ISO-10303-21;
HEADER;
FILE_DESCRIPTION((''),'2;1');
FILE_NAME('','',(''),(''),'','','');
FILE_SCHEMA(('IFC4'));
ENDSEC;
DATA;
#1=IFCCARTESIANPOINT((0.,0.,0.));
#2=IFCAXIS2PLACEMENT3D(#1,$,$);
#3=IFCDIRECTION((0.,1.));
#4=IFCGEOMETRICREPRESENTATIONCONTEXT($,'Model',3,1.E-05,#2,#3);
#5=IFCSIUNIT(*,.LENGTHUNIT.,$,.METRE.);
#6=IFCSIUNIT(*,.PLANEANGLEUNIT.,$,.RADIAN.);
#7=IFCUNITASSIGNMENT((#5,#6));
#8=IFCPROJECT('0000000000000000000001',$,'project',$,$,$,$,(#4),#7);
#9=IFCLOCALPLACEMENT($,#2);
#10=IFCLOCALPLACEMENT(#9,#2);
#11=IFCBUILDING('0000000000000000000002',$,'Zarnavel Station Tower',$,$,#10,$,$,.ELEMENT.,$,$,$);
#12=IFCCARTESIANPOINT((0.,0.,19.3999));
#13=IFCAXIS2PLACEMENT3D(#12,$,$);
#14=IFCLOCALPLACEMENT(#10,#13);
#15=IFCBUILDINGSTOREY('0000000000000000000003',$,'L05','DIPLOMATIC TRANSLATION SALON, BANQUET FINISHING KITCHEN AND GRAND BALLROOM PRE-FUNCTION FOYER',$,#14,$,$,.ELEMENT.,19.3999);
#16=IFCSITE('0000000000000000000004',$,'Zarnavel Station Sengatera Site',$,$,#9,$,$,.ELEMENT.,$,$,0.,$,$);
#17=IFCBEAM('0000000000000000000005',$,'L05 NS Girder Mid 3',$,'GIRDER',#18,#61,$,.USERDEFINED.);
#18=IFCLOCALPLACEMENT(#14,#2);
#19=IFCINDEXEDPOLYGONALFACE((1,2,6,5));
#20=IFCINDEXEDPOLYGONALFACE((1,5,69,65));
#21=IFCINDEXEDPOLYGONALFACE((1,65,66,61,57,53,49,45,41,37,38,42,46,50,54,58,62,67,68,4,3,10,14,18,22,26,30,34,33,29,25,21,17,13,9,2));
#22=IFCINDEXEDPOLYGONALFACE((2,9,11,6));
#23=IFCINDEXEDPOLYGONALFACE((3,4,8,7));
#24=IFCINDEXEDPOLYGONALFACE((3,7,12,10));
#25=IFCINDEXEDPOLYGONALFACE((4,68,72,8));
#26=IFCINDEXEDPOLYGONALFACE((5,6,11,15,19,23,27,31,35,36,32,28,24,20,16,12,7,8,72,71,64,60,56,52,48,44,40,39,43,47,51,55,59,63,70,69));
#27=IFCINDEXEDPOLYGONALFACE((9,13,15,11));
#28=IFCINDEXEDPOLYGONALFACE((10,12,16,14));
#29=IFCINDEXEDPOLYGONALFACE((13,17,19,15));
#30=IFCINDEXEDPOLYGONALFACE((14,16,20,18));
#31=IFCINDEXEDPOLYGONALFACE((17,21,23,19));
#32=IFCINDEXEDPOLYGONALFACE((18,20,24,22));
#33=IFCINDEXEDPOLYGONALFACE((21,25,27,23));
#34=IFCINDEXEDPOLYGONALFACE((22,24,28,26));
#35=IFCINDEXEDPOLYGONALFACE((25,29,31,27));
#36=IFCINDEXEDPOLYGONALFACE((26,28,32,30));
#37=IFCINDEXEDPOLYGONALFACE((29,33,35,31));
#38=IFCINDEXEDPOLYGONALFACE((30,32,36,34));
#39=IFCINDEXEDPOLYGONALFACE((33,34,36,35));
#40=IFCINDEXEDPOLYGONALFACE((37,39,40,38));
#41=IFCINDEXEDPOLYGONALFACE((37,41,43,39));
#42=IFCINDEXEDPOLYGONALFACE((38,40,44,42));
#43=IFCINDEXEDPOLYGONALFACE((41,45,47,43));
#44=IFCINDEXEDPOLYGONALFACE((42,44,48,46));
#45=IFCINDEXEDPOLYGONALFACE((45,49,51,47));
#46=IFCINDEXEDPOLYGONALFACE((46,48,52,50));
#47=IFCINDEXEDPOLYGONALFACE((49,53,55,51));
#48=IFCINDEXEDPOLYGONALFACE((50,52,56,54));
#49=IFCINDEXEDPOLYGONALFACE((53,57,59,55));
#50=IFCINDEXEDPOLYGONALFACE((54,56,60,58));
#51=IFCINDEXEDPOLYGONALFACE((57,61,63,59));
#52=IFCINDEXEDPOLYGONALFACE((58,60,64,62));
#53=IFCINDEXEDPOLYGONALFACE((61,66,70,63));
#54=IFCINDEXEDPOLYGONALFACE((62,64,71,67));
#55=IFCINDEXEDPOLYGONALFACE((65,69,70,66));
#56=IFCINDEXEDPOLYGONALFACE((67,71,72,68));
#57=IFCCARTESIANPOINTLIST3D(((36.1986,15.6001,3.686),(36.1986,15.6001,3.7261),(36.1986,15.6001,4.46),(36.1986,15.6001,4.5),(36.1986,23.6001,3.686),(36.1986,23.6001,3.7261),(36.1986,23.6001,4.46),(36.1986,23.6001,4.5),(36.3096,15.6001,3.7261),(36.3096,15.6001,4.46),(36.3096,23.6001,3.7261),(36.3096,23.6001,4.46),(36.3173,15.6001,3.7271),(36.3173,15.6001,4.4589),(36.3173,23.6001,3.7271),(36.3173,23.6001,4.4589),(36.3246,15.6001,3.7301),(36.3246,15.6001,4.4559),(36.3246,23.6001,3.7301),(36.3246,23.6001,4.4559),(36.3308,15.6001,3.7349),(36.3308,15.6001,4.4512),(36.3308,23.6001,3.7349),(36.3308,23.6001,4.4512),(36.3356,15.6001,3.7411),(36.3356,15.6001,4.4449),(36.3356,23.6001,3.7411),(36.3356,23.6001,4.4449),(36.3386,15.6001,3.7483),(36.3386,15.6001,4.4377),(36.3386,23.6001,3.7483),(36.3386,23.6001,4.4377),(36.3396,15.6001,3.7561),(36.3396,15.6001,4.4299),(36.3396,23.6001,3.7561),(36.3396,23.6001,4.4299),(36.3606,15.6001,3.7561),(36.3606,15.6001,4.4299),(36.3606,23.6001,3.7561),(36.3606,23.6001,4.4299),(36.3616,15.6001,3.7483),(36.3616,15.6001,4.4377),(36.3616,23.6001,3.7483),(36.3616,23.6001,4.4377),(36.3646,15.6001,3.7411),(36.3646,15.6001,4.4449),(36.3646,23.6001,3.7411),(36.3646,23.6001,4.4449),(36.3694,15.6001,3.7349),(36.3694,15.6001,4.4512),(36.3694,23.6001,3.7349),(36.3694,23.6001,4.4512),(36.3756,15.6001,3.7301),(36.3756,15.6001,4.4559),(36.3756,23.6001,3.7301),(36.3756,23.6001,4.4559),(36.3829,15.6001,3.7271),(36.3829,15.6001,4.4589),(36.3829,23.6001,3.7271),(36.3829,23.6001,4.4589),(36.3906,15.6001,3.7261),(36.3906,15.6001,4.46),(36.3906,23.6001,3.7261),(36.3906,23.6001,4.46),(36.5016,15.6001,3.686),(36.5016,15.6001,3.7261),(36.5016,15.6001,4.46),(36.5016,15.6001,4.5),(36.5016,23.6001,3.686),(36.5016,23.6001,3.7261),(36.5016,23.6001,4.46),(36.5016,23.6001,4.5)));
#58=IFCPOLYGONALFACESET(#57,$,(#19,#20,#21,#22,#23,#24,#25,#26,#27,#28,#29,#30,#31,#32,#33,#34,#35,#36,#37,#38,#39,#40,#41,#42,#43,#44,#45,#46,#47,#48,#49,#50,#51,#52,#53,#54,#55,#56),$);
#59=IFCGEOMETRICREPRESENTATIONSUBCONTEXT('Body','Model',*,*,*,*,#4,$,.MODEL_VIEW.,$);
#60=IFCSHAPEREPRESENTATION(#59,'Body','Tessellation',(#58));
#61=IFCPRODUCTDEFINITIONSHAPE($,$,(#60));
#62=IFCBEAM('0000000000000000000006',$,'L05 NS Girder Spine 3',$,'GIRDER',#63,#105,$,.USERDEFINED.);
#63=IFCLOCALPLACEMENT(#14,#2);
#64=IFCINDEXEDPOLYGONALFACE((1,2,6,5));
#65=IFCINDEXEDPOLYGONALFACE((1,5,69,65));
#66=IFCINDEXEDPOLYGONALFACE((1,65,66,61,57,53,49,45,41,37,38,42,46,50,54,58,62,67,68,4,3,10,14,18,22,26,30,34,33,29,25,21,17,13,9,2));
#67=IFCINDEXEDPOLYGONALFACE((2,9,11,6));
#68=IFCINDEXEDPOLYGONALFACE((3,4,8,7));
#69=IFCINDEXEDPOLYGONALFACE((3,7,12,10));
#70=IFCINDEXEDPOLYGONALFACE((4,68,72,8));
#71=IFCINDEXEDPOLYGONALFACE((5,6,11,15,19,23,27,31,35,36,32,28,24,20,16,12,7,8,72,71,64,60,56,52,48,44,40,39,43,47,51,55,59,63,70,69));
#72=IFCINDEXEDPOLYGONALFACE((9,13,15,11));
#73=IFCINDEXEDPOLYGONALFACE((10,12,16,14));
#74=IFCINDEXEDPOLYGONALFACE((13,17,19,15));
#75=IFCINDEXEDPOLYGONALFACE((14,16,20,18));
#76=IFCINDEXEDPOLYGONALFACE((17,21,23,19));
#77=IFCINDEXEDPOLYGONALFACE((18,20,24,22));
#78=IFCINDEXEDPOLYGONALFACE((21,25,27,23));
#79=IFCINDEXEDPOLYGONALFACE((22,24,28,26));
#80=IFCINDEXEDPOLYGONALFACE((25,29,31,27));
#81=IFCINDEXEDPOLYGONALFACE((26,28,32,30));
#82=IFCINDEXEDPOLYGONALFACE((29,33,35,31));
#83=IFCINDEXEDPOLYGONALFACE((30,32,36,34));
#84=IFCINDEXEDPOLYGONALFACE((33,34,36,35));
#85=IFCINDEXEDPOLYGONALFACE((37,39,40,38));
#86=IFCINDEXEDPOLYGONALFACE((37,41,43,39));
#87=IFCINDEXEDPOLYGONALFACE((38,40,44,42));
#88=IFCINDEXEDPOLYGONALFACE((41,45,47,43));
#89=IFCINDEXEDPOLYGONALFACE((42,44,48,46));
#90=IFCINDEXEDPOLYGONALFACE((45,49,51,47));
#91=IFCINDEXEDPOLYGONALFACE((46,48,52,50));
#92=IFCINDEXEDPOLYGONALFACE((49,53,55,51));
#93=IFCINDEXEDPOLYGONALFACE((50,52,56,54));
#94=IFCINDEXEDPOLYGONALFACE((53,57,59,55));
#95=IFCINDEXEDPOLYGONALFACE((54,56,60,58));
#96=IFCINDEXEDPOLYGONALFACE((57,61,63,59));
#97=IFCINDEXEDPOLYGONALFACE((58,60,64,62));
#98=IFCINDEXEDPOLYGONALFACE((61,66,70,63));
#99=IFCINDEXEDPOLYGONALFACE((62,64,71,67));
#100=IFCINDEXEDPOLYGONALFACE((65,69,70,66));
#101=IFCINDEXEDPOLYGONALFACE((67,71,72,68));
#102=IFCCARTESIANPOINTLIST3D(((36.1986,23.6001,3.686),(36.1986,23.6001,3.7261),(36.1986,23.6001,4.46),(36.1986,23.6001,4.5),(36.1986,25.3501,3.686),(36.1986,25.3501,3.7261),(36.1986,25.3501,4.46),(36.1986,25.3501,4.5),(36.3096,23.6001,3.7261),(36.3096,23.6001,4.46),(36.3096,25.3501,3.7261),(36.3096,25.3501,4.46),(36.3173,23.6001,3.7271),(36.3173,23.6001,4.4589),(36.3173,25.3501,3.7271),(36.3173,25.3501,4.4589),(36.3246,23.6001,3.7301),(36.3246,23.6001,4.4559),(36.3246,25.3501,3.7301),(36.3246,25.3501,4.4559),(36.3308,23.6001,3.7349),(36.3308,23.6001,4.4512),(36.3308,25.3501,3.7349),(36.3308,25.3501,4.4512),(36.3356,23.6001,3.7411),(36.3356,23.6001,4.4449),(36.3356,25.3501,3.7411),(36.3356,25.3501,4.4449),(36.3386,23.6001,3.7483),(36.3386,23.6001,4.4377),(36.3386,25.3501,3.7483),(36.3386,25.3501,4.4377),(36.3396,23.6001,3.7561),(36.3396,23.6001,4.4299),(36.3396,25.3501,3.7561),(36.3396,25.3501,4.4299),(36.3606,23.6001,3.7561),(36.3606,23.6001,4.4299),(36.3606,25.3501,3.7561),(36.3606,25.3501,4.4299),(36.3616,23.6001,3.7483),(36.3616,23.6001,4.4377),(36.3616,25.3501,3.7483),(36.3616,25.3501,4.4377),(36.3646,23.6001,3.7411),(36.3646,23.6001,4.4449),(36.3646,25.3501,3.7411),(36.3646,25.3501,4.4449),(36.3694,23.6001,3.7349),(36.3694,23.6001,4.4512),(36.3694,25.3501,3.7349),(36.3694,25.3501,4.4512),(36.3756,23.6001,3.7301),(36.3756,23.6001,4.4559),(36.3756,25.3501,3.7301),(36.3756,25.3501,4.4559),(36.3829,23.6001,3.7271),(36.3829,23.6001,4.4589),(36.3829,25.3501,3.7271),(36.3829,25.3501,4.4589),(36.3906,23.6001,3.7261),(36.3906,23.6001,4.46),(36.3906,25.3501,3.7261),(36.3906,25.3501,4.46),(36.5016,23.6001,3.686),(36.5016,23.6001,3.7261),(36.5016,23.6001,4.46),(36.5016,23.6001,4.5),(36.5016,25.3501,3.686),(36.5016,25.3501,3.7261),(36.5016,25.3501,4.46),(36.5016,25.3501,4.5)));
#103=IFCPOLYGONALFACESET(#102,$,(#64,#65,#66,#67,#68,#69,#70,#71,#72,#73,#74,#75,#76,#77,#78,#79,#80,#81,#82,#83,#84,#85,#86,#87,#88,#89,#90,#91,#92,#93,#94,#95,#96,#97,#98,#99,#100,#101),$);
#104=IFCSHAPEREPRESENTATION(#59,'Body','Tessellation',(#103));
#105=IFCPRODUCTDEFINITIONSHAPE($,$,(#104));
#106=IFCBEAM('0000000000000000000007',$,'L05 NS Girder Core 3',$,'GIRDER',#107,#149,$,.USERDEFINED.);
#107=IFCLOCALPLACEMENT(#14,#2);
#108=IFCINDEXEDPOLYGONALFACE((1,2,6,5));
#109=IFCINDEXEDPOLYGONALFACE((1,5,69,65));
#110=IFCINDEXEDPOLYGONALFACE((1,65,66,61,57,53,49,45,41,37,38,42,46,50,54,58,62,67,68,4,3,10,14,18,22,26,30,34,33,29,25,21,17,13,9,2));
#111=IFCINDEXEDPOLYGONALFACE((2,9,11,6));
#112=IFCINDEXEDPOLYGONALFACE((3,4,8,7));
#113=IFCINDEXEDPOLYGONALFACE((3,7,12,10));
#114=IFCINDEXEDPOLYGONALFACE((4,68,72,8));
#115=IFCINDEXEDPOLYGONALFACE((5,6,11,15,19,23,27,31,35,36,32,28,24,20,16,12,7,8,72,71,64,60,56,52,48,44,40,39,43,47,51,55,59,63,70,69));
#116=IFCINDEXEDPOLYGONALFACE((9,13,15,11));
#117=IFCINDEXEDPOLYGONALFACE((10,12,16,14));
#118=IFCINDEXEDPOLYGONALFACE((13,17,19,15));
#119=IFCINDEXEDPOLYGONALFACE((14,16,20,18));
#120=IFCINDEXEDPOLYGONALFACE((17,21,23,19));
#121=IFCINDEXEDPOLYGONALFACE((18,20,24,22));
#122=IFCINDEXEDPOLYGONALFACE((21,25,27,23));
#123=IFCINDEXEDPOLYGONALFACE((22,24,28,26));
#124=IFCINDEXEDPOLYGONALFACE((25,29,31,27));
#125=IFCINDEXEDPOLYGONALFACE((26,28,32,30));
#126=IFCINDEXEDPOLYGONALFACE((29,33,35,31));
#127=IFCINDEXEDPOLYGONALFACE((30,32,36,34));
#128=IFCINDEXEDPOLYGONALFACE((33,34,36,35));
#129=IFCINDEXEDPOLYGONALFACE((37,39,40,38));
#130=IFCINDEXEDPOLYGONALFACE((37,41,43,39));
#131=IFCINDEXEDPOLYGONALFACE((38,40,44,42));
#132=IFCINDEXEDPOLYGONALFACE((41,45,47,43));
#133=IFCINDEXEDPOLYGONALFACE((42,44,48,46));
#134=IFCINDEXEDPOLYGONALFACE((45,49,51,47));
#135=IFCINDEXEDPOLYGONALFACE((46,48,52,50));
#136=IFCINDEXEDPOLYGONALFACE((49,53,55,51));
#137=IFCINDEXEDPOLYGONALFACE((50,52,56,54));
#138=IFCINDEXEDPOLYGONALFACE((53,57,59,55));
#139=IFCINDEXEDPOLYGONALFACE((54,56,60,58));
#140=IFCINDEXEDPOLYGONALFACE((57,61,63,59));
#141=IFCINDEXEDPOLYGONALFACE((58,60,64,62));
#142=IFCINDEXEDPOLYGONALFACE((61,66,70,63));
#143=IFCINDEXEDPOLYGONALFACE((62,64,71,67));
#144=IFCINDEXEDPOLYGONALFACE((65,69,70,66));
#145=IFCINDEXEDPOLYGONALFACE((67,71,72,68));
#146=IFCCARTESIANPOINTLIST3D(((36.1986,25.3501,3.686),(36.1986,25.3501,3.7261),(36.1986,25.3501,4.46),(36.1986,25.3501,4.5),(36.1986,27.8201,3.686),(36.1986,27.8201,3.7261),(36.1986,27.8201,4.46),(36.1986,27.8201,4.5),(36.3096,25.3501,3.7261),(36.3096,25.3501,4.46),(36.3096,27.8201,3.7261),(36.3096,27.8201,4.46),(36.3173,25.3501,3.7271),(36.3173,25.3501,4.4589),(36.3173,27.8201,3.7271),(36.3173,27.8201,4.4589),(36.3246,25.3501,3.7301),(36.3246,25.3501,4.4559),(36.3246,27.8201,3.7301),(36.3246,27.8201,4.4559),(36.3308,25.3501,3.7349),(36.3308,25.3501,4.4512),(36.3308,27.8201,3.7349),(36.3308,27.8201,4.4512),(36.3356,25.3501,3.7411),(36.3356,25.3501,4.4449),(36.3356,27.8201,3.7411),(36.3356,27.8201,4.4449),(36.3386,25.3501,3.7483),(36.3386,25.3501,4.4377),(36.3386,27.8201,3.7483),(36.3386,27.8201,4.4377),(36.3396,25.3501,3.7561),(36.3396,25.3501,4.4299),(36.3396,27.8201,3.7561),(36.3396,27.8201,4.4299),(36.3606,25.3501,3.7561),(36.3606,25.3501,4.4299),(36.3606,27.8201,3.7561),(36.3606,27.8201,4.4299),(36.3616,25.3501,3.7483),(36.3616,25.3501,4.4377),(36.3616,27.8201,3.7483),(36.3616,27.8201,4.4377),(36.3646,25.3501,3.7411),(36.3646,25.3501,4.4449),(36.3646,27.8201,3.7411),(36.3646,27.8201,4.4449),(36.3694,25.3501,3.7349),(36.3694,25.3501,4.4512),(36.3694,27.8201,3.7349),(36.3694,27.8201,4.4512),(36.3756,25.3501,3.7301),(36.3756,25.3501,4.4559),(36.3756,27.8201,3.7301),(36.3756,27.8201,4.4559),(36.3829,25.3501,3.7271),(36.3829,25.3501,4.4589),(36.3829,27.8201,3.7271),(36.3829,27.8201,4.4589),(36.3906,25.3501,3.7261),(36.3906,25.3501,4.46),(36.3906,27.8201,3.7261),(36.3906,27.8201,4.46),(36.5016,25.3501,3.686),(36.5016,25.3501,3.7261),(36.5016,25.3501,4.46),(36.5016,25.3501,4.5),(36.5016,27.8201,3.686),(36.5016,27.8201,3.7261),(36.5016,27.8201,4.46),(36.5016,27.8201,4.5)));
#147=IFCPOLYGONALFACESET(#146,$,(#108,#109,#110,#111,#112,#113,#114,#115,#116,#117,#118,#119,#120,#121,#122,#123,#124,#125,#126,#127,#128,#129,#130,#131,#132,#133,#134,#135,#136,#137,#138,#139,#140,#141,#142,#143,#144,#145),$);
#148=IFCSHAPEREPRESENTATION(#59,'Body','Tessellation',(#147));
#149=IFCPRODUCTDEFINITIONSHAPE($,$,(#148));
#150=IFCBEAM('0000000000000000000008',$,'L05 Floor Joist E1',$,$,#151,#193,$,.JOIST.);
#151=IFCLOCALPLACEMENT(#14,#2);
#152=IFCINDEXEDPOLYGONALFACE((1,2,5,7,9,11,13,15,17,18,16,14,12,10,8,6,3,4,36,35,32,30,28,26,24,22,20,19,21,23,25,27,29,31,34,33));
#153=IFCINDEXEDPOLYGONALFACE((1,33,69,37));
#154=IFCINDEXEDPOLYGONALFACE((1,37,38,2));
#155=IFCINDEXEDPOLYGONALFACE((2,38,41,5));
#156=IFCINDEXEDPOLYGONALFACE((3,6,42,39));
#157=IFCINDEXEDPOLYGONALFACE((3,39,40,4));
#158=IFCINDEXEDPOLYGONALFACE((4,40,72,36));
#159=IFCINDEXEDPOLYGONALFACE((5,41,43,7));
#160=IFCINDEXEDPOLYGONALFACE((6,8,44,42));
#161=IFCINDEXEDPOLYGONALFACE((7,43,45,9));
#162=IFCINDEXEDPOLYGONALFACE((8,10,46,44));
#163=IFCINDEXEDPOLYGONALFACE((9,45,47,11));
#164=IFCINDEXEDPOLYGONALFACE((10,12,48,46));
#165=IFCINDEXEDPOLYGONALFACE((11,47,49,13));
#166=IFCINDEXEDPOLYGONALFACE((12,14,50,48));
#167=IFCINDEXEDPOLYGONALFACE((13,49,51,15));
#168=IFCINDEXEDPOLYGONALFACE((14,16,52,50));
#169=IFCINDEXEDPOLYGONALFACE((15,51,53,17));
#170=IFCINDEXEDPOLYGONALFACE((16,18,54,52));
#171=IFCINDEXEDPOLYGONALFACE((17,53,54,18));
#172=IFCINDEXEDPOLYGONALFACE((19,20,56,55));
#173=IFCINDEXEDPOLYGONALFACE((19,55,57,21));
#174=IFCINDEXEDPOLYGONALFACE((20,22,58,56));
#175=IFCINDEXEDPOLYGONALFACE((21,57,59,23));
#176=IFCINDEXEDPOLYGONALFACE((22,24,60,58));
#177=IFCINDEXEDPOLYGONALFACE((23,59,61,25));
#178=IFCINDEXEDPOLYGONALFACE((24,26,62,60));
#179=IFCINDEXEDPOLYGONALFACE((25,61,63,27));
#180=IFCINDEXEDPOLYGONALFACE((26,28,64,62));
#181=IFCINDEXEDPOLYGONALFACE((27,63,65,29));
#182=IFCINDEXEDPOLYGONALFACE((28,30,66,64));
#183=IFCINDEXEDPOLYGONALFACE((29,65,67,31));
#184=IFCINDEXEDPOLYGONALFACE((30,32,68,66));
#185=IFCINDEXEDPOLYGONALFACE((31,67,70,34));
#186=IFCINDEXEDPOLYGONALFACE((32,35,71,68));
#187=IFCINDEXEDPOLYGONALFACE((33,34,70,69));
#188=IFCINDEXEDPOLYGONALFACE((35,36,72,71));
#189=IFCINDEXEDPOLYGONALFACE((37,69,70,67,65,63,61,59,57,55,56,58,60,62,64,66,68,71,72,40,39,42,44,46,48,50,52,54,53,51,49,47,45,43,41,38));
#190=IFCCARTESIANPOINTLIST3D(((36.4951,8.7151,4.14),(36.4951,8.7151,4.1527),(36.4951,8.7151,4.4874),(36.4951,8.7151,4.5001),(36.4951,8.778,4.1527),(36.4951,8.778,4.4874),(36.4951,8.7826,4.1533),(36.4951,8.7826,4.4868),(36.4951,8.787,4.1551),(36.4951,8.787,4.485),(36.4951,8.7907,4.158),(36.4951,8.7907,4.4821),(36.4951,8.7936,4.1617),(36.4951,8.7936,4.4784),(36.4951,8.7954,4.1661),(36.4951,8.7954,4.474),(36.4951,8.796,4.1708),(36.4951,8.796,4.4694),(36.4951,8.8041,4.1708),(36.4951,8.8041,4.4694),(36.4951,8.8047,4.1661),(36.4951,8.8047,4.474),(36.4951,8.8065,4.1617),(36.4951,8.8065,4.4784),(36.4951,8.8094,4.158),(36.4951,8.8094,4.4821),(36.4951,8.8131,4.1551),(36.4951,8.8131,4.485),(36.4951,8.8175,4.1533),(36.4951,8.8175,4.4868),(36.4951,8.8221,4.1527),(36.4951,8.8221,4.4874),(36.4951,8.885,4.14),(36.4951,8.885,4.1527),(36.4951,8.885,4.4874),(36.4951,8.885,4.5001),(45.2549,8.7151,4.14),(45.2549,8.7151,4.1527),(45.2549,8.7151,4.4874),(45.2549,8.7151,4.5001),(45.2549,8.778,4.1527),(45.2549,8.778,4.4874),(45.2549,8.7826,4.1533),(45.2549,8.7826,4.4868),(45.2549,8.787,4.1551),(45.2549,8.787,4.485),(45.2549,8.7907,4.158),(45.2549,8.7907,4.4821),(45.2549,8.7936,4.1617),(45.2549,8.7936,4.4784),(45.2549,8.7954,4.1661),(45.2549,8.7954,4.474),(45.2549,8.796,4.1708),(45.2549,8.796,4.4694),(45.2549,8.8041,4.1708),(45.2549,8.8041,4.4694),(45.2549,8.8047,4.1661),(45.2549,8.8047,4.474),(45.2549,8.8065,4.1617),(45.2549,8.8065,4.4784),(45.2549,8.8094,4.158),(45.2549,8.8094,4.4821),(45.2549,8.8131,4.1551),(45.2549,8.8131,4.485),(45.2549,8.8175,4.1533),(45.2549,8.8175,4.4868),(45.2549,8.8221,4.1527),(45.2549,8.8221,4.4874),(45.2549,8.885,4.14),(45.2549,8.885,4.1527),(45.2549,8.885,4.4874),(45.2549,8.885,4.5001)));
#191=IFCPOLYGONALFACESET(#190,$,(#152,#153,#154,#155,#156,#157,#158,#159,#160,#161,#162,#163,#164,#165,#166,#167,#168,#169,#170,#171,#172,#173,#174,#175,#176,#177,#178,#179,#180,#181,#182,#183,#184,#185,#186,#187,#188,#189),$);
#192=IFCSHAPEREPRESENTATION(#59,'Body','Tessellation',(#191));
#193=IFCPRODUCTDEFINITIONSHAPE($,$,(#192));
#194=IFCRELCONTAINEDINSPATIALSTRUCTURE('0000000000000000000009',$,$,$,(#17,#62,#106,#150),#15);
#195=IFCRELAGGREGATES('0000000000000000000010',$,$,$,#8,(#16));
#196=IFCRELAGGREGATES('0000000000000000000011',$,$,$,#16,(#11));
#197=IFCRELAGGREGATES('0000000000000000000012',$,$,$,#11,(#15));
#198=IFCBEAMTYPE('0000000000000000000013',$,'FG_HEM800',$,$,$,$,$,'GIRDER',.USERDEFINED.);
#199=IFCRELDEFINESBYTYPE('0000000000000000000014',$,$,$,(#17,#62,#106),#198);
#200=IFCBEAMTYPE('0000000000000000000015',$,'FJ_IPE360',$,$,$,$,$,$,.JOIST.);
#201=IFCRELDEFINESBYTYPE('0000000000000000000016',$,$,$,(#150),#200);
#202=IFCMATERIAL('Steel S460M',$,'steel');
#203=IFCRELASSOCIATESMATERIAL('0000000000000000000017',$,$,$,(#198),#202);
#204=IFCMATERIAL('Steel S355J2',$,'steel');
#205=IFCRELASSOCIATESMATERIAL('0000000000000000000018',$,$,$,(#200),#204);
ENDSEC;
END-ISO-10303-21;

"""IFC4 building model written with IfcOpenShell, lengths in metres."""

from ifc_helpers import new_model, si_unit, direction, frame, origin, origin_2d, place, context, subcontext, project, spatial, i_section, extrude, material, material_profile, profile_set, type_object, element, save


model = new_model("IFC4")

# Units and contexts
model_context = context("Model", 3, precision=1e-05, world=origin(), true_north=direction((0.0, 1.0)))
body_context = subcontext(model_context, "Body", "Model", "MODEL_VIEW")
ifc_project = project(units=[si_unit("LENGTHUNIT", "METRE"), si_unit("PLANEANGLEUNIT", "RADIAN")], contexts=[model_context])

# Site, building, storey
site_placement = place(None, origin())
site = spatial("IfcSite", under=ifc_project, at=site_placement, Name="Zarnavel Station Sengatera Site", CompositionType="ELEMENT", RefElevation=0.0)
building_placement = place(site_placement, origin())
building = spatial("IfcBuilding", under=site, at=building_placement, Name="Zarnavel Station Tower", CompositionType="ELEMENT")
storey_placement = place(building_placement, frame((0.0, 0.0, 19.3999)))
storey = spatial("IfcBuildingStorey", under=building, at=storey_placement, Name="L05", Description="DIPLOMATIC TRANSLATION SALON, BANQUET FINISHING KITCHEN AND GRAND BALLROOM PRE-FUNCTION FOYER", CompositionType="ELEMENT", Elevation=19.3999)

# Beams
ifc_material_1 = material(Name="Steel S460M", Category="steel")
ifc_material_profile_1 = material_profile(ifc_material_1, i_section(OverallWidth=0.303, OverallDepth=0.814, WebThickness=0.021, FlangeThickness=0.04, FilletRadius=0.03, at=origin_2d()), Name="HEM800")
ifc_profile_set_1 = profile_set([ifc_material_profile_1], Name="Steel S460M")
beam_type_1 = type_object("IfcBeamType", Name="FG_HEM800", ElementType="GIRDER", PredefinedType="USERDEFINED", material=ifc_profile_set_1)
beam_1_placement = place(storey_placement, frame((36.3501, 15.6001, 4.093), z_axis=(0.0, 1.0, 0.0), x_axis=(-1.0, 0.0, 0.0)))
element("IfcBeam", 1, at=beam_1_placement, inside=storey, type_object=beam_type_1, Name="L05 NS Girder Mid 3", ObjectType="GIRDER", PredefinedType="USERDEFINED", context=body_context, shape_type="SweptSolid", body=[
    extrude(i_section(OverallWidth=0.303, OverallDepth=0.814, WebThickness=0.021, FlangeThickness=0.04, FilletRadius=0.03, at=origin_2d()), origin(), (0.0, 0.0, 1.0), 8.0),
])
beam_2_placement = place(storey_placement, frame((36.3501, 23.6001, 4.093), z_axis=(0.0, 1.0, 0.0), x_axis=(-1.0, 0.0, 0.0)))
element("IfcBeam", 2, at=beam_2_placement, inside=storey, type_object=beam_type_1, Name="L05 NS Girder Spine 3", ObjectType="GIRDER", PredefinedType="USERDEFINED", context=body_context, shape_type="SweptSolid", body=[
    extrude(i_section(OverallWidth=0.303, OverallDepth=0.814, WebThickness=0.021, FlangeThickness=0.04, FilletRadius=0.03, at=origin_2d()), origin(), (0.0, 0.0, 1.0), 1.75),
])
beam_3_placement = place(storey_placement, frame((36.3501, 25.3501, 4.093), z_axis=(0.0, 1.0, 0.0), x_axis=(-1.0, 0.0, 0.0)))
element("IfcBeam", 3, at=beam_3_placement, inside=storey, type_object=beam_type_1, Name="L05 NS Girder Core 3", ObjectType="GIRDER", PredefinedType="USERDEFINED", context=body_context, shape_type="SweptSolid", body=[
    extrude(i_section(OverallWidth=0.303, OverallDepth=0.814, WebThickness=0.021, FlangeThickness=0.04, FilletRadius=0.03, at=origin_2d()), origin(), (0.0, 0.0, 1.0), 2.47),
])
ifc_material_2 = material(Name="Steel S355J2", Category="steel")
ifc_material_profile_2 = material_profile(ifc_material_2, i_section(OverallWidth=0.1699, OverallDepth=0.3601, WebThickness=0.0081, FlangeThickness=0.0127, FilletRadius=0.0181, at=origin_2d()), Name="IPE360")
ifc_profile_set_2 = profile_set([ifc_material_profile_2], Name="Steel S355J2")
beam_type_2 = type_object("IfcBeamType", Name="FJ_IPE360", PredefinedType="JOIST", material=ifc_profile_set_2)
for number, where, z_axis, x_axis, name in (
    (4, (36.4951, 8.8, 4.3201), (1.0, 0.0, 0.0), (0.0, 1.0, 0.0), "L05 Floor Joist E1"),
):
    element("IfcBeam", number, at=place(storey_placement, frame(where, z_axis=z_axis, x_axis=x_axis)), inside=storey, type_object=beam_type_2, Name=name, PredefinedType="JOIST", context=body_context, shape_type="SweptSolid", body=[
        extrude(i_section(OverallWidth=0.1699, OverallDepth=0.3601, WebThickness=0.0081, FlangeThickness=0.0127, FilletRadius=0.0181, at=origin_2d()), origin(), (0.0, 0.0, 1.0), 8.7598),
    ])

save(model, "model.ifc")
